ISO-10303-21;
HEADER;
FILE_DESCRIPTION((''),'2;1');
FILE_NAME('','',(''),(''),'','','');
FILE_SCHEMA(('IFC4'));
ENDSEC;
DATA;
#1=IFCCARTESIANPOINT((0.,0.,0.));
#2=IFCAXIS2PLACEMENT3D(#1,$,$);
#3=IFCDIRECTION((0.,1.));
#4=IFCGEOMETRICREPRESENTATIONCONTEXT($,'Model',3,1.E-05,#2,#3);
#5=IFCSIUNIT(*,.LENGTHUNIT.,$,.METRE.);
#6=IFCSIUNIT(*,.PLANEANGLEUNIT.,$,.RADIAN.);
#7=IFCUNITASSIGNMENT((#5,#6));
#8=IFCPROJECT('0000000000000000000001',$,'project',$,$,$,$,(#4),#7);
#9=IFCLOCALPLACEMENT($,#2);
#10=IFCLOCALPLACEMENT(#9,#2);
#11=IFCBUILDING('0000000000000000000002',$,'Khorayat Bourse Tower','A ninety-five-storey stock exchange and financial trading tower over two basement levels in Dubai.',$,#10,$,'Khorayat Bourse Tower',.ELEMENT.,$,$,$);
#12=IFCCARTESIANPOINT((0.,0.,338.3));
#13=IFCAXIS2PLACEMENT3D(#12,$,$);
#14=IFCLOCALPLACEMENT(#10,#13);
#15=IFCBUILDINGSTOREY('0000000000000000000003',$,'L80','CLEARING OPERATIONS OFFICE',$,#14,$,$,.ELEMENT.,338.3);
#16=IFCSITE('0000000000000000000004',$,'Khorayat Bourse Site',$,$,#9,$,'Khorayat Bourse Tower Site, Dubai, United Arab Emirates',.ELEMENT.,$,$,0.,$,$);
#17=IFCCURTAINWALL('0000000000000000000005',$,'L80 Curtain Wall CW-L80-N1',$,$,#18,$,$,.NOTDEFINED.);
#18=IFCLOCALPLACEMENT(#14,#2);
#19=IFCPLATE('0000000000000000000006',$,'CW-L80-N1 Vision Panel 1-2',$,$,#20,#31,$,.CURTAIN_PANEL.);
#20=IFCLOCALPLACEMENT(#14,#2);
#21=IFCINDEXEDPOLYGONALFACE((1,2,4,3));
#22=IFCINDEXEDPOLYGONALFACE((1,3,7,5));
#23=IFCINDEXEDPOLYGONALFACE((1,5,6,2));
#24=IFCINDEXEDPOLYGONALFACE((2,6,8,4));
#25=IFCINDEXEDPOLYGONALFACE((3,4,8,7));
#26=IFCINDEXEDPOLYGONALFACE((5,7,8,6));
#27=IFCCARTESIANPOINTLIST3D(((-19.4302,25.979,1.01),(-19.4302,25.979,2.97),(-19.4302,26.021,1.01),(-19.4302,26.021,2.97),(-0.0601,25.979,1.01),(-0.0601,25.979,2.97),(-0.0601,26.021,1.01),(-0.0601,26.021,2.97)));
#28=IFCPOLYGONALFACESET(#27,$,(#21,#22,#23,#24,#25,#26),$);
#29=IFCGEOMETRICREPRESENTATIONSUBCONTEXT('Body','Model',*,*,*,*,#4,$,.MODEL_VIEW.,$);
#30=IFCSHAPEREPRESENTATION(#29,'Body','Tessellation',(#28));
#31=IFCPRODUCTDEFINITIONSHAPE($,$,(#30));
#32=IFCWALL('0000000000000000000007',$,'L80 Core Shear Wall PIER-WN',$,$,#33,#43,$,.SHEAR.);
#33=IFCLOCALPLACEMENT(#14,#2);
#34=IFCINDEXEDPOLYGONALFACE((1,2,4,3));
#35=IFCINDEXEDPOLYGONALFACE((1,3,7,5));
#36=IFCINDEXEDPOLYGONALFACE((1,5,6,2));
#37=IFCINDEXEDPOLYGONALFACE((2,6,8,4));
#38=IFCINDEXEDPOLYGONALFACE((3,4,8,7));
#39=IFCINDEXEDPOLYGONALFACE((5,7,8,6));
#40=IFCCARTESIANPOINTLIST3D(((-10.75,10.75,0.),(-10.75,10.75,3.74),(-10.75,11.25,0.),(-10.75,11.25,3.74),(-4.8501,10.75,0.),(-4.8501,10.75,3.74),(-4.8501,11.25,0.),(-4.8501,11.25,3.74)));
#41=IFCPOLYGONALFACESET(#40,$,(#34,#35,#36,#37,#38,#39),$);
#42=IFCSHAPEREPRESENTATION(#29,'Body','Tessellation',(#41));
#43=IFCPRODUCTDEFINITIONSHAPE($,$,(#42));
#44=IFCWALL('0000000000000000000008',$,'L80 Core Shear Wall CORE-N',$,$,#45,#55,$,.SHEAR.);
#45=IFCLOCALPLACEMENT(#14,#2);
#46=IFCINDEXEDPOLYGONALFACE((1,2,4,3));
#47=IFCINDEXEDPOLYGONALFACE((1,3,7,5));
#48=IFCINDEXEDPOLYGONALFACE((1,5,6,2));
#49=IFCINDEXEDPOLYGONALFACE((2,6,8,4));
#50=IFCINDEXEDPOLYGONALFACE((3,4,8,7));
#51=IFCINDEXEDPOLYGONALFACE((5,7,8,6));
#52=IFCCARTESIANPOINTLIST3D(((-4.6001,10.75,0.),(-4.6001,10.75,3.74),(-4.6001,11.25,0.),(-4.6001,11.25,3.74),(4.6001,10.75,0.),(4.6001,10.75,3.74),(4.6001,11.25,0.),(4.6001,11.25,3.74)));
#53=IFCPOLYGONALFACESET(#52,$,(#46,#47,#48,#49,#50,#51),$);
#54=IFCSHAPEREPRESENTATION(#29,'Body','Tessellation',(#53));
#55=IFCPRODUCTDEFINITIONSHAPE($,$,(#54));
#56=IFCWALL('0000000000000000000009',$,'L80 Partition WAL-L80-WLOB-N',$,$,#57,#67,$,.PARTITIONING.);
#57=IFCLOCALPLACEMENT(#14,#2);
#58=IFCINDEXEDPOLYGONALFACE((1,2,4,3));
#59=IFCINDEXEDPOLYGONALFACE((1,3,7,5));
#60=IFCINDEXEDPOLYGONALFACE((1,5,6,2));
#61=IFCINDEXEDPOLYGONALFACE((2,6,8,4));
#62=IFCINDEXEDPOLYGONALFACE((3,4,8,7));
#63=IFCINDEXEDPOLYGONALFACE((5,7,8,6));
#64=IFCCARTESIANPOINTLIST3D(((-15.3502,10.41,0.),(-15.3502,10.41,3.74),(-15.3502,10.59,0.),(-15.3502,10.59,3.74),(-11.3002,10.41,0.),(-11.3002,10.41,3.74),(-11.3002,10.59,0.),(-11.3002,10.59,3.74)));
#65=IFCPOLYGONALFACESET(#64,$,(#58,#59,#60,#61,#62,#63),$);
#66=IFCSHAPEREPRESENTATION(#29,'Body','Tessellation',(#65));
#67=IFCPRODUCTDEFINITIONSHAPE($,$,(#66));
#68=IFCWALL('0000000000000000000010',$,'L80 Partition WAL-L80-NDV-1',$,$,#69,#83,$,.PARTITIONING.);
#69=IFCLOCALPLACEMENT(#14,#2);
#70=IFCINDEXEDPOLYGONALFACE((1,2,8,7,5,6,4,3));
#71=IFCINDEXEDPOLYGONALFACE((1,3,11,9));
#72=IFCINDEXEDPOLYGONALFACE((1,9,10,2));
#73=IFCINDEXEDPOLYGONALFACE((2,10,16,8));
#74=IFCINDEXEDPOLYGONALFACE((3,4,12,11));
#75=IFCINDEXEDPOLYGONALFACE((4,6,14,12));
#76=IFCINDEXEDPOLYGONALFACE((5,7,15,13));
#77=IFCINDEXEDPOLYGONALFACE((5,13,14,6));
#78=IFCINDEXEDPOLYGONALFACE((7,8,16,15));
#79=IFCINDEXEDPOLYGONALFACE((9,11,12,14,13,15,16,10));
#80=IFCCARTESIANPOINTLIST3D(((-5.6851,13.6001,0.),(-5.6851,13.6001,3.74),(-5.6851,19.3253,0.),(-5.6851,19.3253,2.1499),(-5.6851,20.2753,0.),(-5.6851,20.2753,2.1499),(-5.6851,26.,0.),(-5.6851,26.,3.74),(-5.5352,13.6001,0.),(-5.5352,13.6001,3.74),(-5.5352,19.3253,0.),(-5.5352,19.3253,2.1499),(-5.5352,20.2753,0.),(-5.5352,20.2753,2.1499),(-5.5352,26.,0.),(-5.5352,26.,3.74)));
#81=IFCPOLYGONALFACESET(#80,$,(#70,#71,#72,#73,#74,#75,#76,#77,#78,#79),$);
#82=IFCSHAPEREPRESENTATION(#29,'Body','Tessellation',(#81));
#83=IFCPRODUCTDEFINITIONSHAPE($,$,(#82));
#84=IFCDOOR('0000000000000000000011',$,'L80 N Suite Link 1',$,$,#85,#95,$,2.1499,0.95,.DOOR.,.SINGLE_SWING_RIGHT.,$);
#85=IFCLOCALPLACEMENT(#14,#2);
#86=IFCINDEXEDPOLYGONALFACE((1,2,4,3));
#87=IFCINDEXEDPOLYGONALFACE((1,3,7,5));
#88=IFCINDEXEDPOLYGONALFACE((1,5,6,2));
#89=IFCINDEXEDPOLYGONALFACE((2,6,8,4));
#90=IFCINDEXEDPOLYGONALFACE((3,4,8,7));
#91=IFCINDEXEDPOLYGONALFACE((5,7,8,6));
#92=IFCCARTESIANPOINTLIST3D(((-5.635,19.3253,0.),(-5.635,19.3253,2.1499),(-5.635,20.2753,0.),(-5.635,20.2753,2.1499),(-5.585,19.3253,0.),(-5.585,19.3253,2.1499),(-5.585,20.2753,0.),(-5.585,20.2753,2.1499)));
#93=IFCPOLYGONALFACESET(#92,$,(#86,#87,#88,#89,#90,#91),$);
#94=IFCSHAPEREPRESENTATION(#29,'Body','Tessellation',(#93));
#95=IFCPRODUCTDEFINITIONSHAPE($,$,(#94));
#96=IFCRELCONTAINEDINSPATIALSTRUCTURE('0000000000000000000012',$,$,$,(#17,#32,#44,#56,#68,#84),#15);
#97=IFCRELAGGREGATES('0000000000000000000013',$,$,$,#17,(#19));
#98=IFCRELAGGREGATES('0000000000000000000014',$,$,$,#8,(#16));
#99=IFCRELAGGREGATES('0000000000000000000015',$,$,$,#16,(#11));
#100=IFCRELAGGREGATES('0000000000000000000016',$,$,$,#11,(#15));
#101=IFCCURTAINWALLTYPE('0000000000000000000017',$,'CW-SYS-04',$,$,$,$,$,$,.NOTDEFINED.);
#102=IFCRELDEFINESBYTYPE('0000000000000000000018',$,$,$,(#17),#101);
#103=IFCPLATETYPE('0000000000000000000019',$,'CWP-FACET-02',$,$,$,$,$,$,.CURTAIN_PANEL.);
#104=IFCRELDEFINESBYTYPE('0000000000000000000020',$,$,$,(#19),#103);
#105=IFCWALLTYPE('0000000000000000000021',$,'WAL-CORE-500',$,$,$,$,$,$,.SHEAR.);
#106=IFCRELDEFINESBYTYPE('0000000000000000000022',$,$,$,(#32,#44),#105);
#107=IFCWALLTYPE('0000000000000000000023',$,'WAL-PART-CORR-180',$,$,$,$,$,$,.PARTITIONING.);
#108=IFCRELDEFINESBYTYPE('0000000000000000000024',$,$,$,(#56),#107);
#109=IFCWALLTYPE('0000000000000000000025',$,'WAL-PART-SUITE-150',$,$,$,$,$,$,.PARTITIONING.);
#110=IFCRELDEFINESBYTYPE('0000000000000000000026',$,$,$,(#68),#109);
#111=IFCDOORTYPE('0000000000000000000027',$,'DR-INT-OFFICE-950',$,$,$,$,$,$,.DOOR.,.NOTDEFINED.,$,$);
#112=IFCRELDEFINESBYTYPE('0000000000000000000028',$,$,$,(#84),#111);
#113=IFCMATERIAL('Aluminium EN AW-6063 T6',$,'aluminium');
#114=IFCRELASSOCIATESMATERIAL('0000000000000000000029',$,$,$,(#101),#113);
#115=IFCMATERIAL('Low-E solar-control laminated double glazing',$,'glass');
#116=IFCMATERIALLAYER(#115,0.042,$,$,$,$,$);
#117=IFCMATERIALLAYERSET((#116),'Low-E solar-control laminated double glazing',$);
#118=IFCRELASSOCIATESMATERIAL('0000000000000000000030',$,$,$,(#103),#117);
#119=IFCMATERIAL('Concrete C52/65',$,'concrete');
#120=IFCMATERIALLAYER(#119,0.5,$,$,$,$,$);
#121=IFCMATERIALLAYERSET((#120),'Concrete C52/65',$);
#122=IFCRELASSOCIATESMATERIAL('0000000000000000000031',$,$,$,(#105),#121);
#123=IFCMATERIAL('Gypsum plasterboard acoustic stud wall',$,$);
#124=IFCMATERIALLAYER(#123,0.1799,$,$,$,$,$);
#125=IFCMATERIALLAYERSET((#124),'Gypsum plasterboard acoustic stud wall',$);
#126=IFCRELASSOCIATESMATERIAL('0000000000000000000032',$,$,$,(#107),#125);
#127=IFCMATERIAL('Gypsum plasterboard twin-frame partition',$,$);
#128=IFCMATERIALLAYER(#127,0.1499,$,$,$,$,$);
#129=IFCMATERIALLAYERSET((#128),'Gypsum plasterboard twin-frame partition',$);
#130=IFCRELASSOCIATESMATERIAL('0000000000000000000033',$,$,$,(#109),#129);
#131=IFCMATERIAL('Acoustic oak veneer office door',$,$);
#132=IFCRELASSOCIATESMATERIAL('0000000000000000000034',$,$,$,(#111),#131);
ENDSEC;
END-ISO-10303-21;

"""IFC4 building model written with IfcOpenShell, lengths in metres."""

from ifc_helpers import new_model, si_unit, direction, frame, frame_2d, origin, origin_2d, place, context, subcontext, project, spatial, rectangle, extrude, source, transform, mapped, material, layer, layer_set, type_object, element, fill, aggregate, save


model = new_model("IFC4")

# Units and contexts
model_context = context("Model", 3, precision=1e-05, world=origin(), true_north=direction((0.0, 1.0)))
body_context = subcontext(model_context, "Body", "Model", "MODEL_VIEW")
ifc_project = project(units=[si_unit("LENGTHUNIT", "METRE"), si_unit("PLANEANGLEUNIT", "RADIAN")], contexts=[model_context])

# Site, building, storey
site_placement = place(None, origin())
site = spatial("IfcSite", under=ifc_project, at=site_placement, Name="Khorayat Bourse Site", LongName="Khorayat Bourse Tower Site, Dubai, United Arab Emirates", CompositionType="ELEMENT", RefElevation=0.0)
building_placement = place(site_placement, origin())
building = spatial("IfcBuilding", under=site, at=building_placement, Name="Khorayat Bourse Tower", Description="A ninety-five-storey stock exchange and financial trading tower over two basement levels in Dubai.", LongName="Khorayat Bourse Tower", CompositionType="ELEMENT")
storey_placement = place(building_placement, frame((0.0, 0.0, 338.3)))
storey = spatial("IfcBuildingStorey", under=building, at=storey_placement, Name="L80", Description="CLEARING OPERATIONS OFFICE", CompositionType="ELEMENT", Elevation=338.3)

# Shared definitions
ifc_material_1 = material(Name="Concrete C52/65", Category="concrete")

# Curtain wall
ifc_material_2 = material(Name="Aluminium EN AW-6063 T6", Category="aluminium")
curtain_wall_type = type_object("IfcCurtainWallType", Name="CW-SYS-04", PredefinedType="NOTDEFINED", material=ifc_material_2)
curtain_wall_placement = place(storey_placement, origin())
curtain_wall = element("IfcCurtainWall", 1, at=curtain_wall_placement, inside=storey, type_object=curtain_wall_type, Name="L80 Curtain Wall CW-L80-N1", PredefinedType="NOTDEFINED")

# Plate
ifc_material_3 = material(Name="Low-E solar-control laminated double glazing", Category="glass")
ifc_layer_1 = layer(ifc_material_3, 0.042)
ifc_layer_set_1 = layer_set([ifc_layer_1], Name="Low-E solar-control laminated double glazing")
plate_type_1 = type_object("IfcPlateType", Name="CWP-FACET-02", PredefinedType="CURTAIN_PANEL", material=ifc_layer_set_1)
shared_shape_1 = source(origin(), body_context, "Body", "SweptSolid", [
    extrude(rectangle(XDim=19.3701, YDim=0.042, at=origin_2d()), origin(), (0.0, 0.0, 1.0), 1.96),
])
plate_1_placement = place(storey_placement, frame((-9.7451, 26.0, 1.01), z_axis=(0.0, 0.0, 1.0), x_axis=(1.0, 0.0, 0.0)))
plate_1 = element("IfcPlate", 2, at=plate_1_placement, type_object=plate_type_1, Name="CW-L80-N1 Vision Panel 1-2", PredefinedType="CURTAIN_PANEL", context=body_context, shape_type="MappedRepresentation", body=[
    mapped(shared_shape_1, transform((0.0, 0.0, 0.0), scale=1.0)),
])
aggregate(curtain_wall, [plate_1])

# Walls
ifc_layer_2 = layer(ifc_material_1, 0.5)
ifc_layer_set_2 = layer_set([ifc_layer_2], Name="Concrete C52/65")
wall_type_1 = type_object("IfcWallType", Name="WAL-CORE-500", PredefinedType="SHEAR", material=ifc_layer_set_2)
shared_shape_2 = source(origin(), body_context, "Body", "SweptSolid", [
    extrude(rectangle(XDim=5.8999, YDim=0.5, at=frame_2d((2.95, 0.0))), origin(), (0.0, 0.0, 1.0), 3.74),
])
wall_1_placement = place(storey_placement, frame((-10.75, 11.0, 0.0), z_axis=(0.0, 0.0, 1.0), x_axis=(1.0, 0.0, 0.0)))
element("IfcWall", 3, at=wall_1_placement, inside=storey, type_object=wall_type_1, Name="L80 Core Shear Wall PIER-WN", PredefinedType="SHEAR", context=body_context, shape_type="MappedRepresentation", body=[
    mapped(shared_shape_2, transform((0.0, 0.0, 0.0), scale=1.0)),
])
shared_shape_3 = source(origin(), body_context, "Body", "SweptSolid", [
    extrude(rectangle(XDim=9.2002, YDim=0.5, at=frame_2d((4.6001, 0.0))), origin(), (0.0, 0.0, 1.0), 3.74),
])
wall_2_placement = place(storey_placement, frame((-4.6001, 11.0, 0.0), z_axis=(0.0, 0.0, 1.0), x_axis=(1.0, 0.0, 0.0)))
element("IfcWall", 4, at=wall_2_placement, inside=storey, type_object=wall_type_1, Name="L80 Core Shear Wall CORE-N", PredefinedType="SHEAR", context=body_context, shape_type="MappedRepresentation", body=[
    mapped(shared_shape_3, transform((0.0, 0.0, 0.0), scale=1.0)),
])
ifc_material_4 = material(Name="Gypsum plasterboard acoustic stud wall")
ifc_layer_3 = layer(ifc_material_4, 0.1799)
ifc_layer_set_3 = layer_set([ifc_layer_3], Name="Gypsum plasterboard acoustic stud wall")
wall_type_2 = type_object("IfcWallType", Name="WAL-PART-CORR-180", PredefinedType="PARTITIONING", material=ifc_layer_set_3)
shared_shape_4 = source(origin(), body_context, "Body", "SweptSolid", [
    extrude(rectangle(XDim=4.05, YDim=0.1799, at=frame_2d((2.0249, 0.0))), origin(), (0.0, 0.0, 1.0), 3.74),
])
wall_3_placement = place(storey_placement, frame((-15.3501, 10.5, 0.0), z_axis=(0.0, 0.0, 1.0), x_axis=(1.0, 0.0, 0.0)))
element("IfcWall", 5, at=wall_3_placement, inside=storey, type_object=wall_type_2, Name="L80 Partition WAL-L80-WLOB-N", PredefinedType="PARTITIONING", context=body_context, shape_type="MappedRepresentation", body=[
    mapped(shared_shape_4, transform((0.0, 0.0, 0.0), scale=1.0)),
])

# Wall, opening, door
ifc_material_5 = material(Name="Gypsum plasterboard twin-frame partition")
ifc_layer_4 = layer(ifc_material_5, 0.1499)
ifc_layer_set_4 = layer_set([ifc_layer_4], Name="Gypsum plasterboard twin-frame partition")
wall_type_3 = type_object("IfcWallType", Name="WAL-PART-SUITE-150", PredefinedType="PARTITIONING", material=ifc_layer_set_4)
shared_shape_5 = source(origin(), body_context, "Body", "SweptSolid", [
    extrude(rectangle(XDim=12.3999, YDim=0.1499, at=frame_2d((6.2, 0.0))), origin(), (0.0, 0.0, 1.0), 3.74),
])
wall_4_placement = place(storey_placement, frame((-5.6101, 13.6001, 0.0), z_axis=(0.0, 0.0, 1.0), x_axis=(0.0, 1.0, 0.0)))
wall_4 = element("IfcWall", 6, at=wall_4_placement, inside=storey, type_object=wall_type_3, Name="L80 Partition WAL-L80-NDV-1", PredefinedType="PARTITIONING", context=body_context, shape_type="MappedRepresentation", body=[
    mapped(shared_shape_5, transform((0.0, 0.0, 0.0), scale=1.0)),
])
shared_shape_6 = source(origin(), body_context, "Body", "SweptSolid", [
    extrude(rectangle(XDim=0.95, YDim=2.1499, at=frame_2d((0.4751, 1.075))), frame((0.0, 0.085, 0.0), z_axis=(0.0, -1.0, 0.0), x_axis=(1.0, 0.0, 0.0)), (0.0, 0.0, 1.0), 0.1699),
])
opening_placement = place(wall_4_placement, frame((5.7251, 0.0, 0.0)))
opening = element("IfcOpeningElement", 7, at=opening_placement, cuts=wall_4, PredefinedType="OPENING", context=body_context, shape_type="MappedRepresentation", body=[
    mapped(shared_shape_6, transform((0.0, 0.0, 0.0), scale=1.0)),
])
ifc_material_6 = material(Name="Acoustic oak veneer office door")
door_type = type_object("IfcDoorType", Name="DR-INT-OFFICE-950", OperationType="NOTDEFINED", PredefinedType="DOOR", material=ifc_material_6)
shared_shape_7 = source(origin(), body_context, "Body", "SweptSolid", [
    extrude(rectangle(XDim=0.95, YDim=2.1499, at=frame_2d((0.4751, 1.075))), frame((0.0, 0.0249, 0.0), z_axis=(0.0, -1.0, 0.0), x_axis=(1.0, 0.0, 0.0)), (0.0, 0.0, 1.0), 0.05),
])
door_placement = place(opening_placement, origin())
door = element("IfcDoor", 8, at=door_placement, inside=storey, type_object=door_type, Name="L80 N Suite Link 1", OperationType="SINGLE_SWING_RIGHT", OverallHeight=2.1499, OverallWidth=0.95, PredefinedType="DOOR", context=body_context, shape_type="MappedRepresentation", body=[
    mapped(shared_shape_7, transform((0.0, 0.0, 0.0), scale=1.0)),
])
fill(opening, door)

save(model, "model.ifc")
